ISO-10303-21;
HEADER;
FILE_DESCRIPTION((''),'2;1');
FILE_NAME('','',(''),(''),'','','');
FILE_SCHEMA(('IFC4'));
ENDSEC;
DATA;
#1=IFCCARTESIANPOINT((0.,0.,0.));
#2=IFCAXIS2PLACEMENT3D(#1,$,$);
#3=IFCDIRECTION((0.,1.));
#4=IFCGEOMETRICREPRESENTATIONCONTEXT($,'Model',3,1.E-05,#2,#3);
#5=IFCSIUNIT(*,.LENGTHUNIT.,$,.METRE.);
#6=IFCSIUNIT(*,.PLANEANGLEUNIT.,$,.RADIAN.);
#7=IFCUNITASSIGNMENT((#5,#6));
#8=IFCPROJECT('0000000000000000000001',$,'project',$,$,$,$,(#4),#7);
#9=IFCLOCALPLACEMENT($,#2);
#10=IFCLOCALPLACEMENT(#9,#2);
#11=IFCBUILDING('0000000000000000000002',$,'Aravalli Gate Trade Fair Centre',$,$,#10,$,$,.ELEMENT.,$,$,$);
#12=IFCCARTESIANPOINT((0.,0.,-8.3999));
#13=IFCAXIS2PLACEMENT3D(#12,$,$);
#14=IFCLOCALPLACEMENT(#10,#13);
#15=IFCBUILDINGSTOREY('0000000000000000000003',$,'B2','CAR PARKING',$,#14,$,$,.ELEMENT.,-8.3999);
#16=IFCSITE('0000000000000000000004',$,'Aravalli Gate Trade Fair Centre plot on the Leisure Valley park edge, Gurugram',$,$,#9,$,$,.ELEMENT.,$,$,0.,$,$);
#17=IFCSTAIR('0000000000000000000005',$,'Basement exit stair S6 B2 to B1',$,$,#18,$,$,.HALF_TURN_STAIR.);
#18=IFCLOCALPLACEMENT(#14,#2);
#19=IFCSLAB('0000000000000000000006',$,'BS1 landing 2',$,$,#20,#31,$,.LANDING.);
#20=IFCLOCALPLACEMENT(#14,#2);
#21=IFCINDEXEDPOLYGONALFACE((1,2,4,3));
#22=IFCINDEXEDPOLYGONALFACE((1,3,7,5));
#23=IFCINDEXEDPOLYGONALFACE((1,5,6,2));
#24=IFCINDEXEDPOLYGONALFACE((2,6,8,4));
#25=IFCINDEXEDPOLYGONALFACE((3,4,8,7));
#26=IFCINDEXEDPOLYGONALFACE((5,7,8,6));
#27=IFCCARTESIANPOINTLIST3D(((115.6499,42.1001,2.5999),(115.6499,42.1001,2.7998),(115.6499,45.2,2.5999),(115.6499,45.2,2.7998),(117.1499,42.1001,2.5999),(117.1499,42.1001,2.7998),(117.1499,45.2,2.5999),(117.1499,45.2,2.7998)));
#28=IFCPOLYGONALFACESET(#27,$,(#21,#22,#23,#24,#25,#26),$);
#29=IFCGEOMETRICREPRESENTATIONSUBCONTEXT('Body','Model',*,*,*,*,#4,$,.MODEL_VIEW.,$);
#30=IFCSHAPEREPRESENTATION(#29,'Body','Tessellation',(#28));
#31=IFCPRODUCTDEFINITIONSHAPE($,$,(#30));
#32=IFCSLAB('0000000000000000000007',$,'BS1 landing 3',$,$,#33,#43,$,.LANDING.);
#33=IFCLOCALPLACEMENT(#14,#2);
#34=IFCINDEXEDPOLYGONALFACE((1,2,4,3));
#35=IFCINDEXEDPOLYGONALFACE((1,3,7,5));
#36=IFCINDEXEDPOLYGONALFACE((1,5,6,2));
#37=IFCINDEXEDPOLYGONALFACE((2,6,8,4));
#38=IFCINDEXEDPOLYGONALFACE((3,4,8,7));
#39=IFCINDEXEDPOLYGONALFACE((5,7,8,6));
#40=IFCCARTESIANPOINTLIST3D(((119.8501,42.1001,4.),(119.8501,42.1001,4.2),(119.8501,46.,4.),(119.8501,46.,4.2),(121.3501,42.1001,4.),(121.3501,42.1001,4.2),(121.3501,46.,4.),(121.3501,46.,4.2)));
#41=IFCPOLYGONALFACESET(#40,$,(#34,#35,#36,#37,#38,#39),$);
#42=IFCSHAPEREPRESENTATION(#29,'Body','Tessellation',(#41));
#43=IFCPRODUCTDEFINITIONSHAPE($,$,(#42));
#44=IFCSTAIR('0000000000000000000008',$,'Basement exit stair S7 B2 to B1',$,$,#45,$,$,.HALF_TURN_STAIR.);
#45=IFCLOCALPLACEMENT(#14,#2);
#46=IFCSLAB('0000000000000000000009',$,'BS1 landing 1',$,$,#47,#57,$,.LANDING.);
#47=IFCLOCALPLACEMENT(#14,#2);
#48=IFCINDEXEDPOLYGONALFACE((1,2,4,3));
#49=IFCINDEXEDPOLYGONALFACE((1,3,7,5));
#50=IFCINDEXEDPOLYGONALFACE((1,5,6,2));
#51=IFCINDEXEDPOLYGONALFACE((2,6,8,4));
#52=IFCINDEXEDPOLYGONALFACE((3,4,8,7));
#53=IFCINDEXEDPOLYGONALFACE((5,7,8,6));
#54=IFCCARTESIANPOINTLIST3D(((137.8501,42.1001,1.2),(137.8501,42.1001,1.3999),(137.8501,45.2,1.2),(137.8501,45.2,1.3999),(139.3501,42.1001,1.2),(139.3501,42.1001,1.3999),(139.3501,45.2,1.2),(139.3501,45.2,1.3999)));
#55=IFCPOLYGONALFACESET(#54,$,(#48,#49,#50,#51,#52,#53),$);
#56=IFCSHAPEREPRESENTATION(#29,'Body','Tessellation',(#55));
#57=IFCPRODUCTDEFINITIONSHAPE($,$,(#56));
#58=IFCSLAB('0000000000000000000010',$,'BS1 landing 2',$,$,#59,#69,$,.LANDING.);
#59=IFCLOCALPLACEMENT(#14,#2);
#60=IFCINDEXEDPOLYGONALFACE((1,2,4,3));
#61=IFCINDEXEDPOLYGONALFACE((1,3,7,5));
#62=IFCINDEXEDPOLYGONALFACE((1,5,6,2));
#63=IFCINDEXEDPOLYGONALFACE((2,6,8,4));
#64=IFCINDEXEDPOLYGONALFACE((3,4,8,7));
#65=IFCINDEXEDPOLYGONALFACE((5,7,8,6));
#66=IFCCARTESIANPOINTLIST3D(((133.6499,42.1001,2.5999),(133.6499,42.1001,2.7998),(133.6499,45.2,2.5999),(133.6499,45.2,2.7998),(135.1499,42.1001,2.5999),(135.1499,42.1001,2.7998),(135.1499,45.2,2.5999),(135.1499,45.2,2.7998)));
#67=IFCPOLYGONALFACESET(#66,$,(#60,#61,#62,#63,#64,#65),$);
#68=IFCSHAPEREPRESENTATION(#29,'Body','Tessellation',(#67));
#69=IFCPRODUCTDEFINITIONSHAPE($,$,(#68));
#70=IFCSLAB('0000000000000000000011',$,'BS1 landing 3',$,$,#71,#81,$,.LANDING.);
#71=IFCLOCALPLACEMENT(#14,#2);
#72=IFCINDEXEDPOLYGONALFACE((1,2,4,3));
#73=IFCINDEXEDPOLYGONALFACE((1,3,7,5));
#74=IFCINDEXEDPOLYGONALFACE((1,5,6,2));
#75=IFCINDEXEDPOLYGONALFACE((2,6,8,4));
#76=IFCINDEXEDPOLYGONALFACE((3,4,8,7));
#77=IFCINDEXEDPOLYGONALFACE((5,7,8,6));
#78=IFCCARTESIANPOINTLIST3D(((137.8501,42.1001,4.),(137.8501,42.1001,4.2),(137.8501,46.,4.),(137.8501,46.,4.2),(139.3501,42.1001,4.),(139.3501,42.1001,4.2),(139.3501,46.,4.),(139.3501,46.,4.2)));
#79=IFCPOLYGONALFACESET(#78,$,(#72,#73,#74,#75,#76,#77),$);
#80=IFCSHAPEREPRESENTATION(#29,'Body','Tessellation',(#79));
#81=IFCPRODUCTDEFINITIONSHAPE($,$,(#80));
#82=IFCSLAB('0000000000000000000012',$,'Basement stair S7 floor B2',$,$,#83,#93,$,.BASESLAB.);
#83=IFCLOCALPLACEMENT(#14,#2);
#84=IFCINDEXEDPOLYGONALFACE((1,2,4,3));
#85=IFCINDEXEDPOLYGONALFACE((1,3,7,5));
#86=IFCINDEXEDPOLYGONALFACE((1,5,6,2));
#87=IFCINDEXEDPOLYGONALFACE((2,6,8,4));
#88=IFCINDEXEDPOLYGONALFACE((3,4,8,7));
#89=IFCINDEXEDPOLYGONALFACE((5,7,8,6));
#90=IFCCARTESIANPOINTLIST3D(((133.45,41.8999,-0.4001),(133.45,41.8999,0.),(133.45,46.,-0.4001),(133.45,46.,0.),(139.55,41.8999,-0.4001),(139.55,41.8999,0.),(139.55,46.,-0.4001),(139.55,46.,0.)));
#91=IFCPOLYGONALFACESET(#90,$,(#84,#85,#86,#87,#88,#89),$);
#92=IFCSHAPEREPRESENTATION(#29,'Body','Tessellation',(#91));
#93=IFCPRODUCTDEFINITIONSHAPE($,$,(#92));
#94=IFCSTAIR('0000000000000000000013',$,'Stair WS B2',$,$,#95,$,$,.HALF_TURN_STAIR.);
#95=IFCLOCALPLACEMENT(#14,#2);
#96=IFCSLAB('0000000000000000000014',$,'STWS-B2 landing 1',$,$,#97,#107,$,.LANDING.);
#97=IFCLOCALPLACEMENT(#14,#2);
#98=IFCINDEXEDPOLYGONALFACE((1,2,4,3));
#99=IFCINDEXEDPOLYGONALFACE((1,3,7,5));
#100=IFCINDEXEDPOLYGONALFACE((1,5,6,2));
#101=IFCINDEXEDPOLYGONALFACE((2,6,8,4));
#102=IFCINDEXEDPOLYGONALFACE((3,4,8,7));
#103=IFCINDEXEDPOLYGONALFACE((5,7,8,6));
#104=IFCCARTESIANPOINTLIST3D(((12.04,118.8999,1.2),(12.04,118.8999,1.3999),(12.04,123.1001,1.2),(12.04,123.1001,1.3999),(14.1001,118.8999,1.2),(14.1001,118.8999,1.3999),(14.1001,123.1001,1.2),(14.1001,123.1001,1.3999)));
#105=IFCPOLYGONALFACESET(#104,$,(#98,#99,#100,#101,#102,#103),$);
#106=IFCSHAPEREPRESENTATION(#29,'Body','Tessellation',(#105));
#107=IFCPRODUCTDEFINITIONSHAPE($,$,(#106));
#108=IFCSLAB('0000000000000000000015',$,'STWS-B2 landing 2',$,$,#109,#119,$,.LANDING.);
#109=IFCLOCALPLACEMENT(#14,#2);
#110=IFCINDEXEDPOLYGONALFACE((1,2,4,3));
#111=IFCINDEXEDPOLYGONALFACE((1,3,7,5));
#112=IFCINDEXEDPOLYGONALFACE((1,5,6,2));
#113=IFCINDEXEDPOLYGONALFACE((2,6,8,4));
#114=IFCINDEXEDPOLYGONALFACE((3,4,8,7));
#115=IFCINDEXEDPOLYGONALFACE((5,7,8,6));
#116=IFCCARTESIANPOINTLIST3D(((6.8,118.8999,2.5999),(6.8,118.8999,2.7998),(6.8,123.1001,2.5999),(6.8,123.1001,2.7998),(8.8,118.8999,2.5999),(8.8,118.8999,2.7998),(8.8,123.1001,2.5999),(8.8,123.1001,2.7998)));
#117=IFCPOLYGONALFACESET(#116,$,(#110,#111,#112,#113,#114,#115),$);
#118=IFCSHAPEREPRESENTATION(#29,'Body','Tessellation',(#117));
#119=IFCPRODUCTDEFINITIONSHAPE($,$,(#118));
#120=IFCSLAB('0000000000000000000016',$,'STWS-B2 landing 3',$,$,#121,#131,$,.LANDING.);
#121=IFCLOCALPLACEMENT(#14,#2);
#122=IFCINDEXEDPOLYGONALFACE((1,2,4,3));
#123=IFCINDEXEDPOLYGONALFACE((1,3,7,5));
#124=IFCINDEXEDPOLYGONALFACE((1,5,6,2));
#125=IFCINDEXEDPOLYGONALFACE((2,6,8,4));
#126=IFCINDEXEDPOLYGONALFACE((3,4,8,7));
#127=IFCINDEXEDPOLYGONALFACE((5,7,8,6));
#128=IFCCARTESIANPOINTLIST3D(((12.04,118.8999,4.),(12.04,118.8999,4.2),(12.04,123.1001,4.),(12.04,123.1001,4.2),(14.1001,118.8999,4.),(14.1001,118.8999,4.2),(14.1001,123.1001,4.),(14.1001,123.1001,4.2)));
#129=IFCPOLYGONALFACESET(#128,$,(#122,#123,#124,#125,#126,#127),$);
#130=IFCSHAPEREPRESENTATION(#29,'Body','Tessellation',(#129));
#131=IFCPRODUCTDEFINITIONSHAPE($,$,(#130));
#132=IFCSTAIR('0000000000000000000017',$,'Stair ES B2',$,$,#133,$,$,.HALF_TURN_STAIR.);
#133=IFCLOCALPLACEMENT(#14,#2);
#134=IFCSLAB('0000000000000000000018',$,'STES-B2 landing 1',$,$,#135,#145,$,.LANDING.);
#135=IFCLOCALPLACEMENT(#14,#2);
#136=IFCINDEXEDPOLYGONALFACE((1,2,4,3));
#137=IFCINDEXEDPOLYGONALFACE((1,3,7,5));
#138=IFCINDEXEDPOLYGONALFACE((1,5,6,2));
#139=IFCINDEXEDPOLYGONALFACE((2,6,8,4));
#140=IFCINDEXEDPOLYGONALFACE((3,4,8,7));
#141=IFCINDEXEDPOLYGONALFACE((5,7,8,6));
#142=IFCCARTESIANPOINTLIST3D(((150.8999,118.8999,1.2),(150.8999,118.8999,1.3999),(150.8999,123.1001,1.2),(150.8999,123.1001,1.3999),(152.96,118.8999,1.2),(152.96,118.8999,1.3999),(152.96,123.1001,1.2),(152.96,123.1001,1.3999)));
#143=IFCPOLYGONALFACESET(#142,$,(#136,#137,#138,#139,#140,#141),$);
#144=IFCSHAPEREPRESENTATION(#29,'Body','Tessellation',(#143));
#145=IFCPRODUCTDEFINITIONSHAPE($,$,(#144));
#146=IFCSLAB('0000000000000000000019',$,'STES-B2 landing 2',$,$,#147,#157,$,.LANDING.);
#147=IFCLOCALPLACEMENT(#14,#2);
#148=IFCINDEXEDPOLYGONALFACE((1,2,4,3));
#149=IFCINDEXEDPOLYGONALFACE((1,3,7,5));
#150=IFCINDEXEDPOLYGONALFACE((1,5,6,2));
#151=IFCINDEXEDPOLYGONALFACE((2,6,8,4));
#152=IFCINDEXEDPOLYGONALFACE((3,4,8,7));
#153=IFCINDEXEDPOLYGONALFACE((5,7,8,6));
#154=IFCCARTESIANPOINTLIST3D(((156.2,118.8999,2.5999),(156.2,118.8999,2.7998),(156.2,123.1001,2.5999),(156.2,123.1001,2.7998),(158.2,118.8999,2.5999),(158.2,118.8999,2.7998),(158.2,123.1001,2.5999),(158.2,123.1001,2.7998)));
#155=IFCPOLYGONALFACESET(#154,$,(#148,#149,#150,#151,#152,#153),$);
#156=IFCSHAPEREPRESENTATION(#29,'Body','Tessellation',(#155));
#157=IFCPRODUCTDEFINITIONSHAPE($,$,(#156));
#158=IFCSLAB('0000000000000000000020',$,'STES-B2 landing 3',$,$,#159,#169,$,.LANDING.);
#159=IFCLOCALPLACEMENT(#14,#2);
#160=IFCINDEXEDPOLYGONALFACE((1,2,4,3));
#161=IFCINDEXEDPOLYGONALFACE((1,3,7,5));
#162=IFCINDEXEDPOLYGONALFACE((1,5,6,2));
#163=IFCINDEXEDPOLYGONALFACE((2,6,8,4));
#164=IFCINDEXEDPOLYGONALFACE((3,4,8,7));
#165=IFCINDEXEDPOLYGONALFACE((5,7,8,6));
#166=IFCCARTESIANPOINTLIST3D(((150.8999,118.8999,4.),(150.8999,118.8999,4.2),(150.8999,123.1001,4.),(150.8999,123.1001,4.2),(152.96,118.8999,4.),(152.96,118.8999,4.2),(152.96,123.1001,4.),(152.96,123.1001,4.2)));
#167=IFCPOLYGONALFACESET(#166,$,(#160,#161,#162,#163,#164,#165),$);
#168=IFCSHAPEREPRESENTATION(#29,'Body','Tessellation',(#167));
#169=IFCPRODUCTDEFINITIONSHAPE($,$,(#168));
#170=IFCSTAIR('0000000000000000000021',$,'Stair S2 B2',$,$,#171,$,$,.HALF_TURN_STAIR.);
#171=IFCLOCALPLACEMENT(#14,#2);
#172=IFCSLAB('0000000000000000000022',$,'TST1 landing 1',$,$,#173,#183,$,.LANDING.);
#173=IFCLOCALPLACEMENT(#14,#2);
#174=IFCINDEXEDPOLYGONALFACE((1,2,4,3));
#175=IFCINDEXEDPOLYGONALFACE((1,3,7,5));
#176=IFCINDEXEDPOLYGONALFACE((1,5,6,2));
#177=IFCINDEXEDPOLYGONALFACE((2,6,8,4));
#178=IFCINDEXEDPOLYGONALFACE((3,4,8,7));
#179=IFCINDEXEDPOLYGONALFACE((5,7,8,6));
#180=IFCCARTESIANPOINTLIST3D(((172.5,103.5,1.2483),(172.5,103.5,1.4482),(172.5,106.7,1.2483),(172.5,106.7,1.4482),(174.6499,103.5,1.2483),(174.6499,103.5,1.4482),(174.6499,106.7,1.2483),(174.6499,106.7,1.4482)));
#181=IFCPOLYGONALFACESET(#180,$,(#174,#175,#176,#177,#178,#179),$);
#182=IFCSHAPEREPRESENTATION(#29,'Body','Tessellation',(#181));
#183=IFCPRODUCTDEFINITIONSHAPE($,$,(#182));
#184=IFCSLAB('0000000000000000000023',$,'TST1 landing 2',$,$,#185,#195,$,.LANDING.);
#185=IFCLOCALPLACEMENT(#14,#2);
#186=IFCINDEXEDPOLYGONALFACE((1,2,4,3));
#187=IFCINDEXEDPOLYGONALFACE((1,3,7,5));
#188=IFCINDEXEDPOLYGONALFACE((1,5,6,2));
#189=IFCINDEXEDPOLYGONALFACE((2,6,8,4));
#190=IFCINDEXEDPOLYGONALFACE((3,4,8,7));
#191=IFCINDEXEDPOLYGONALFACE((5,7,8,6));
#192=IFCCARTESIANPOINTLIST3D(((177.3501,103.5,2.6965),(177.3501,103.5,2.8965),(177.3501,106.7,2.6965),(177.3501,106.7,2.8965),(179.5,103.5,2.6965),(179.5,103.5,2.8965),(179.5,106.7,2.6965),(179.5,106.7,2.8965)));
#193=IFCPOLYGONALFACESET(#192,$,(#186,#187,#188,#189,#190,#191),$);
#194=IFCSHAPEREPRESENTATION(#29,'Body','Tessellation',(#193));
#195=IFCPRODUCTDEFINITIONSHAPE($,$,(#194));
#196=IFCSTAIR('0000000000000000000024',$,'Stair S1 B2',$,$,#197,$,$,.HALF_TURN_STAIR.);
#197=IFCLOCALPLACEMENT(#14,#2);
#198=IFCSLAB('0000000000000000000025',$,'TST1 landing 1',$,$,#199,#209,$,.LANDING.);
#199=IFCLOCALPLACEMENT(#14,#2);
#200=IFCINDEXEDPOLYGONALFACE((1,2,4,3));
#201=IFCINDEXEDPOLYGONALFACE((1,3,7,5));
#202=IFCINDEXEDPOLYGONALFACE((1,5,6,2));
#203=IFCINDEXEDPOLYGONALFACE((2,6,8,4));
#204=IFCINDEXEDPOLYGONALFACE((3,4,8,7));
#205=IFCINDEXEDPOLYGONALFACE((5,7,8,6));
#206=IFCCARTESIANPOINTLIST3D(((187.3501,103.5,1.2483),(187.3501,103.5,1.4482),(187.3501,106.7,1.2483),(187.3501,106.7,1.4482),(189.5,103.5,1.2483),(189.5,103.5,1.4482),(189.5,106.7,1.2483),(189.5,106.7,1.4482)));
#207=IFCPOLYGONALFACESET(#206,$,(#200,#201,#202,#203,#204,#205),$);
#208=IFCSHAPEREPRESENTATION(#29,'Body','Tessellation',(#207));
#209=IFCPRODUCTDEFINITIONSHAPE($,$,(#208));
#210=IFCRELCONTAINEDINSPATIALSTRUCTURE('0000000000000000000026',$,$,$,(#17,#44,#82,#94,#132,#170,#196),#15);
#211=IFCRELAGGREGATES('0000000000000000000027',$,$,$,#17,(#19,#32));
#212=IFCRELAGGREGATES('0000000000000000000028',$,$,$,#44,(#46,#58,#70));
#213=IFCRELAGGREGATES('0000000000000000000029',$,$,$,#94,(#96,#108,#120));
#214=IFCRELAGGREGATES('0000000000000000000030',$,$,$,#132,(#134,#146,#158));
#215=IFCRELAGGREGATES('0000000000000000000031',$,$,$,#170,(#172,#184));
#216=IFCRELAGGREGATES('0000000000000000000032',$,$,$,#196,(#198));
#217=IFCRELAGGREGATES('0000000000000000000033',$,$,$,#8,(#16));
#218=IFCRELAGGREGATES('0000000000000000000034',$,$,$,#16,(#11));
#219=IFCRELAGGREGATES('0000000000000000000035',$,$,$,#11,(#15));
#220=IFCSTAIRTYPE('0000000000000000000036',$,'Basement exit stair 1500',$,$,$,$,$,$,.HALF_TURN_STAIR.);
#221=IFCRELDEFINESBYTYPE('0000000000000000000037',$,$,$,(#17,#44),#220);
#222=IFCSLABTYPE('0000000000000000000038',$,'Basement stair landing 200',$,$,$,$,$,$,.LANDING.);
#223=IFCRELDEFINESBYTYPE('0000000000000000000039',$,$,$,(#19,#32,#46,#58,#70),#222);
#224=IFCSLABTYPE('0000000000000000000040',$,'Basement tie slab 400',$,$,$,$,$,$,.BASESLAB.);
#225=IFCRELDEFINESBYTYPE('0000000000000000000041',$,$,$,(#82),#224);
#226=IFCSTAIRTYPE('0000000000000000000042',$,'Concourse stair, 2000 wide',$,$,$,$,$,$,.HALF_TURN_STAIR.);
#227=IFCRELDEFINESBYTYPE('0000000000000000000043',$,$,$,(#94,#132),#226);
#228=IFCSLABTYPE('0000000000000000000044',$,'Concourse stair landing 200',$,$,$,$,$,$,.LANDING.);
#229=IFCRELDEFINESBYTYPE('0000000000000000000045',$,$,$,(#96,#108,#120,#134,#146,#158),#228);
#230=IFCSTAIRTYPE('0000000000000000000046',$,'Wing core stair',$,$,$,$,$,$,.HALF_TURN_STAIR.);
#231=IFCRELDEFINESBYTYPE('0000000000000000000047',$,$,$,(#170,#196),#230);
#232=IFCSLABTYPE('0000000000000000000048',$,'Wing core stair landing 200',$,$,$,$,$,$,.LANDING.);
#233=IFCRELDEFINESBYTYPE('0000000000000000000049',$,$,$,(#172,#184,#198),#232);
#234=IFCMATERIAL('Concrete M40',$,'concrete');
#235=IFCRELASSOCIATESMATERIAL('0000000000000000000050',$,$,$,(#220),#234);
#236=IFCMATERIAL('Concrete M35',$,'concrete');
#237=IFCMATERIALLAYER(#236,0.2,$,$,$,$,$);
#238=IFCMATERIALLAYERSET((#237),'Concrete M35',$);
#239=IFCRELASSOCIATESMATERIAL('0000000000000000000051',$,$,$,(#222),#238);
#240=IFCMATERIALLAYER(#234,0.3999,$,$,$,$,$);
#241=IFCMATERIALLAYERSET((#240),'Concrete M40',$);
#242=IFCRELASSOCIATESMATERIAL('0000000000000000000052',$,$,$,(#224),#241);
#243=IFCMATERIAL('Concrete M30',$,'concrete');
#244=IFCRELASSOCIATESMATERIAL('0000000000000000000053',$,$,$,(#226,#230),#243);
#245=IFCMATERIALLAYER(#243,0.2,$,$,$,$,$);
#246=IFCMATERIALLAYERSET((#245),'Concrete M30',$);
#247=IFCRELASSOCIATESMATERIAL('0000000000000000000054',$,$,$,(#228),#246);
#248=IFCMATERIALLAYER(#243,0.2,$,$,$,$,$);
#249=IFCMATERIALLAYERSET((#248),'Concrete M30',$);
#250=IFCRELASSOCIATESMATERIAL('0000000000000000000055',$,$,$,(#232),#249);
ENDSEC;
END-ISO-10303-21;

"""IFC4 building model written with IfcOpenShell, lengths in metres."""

from ifc_helpers import new_model, si_unit, direction, frame, origin, place, context, subcontext, project, spatial, polyline, outline, extrude, material, layer, layer_set, type_object, element, aggregate, save


model = new_model("IFC4")

# Units and contexts
model_context = context("Model", 3, precision=1e-05, world=origin(), true_north=direction((0.0, 1.0)))
body_context = subcontext(model_context, "Body", "Model", "MODEL_VIEW")
ifc_project = project(units=[si_unit("LENGTHUNIT", "METRE"), si_unit("PLANEANGLEUNIT", "RADIAN")], contexts=[model_context])

# Site, building, storey
site_placement = place(None, origin())
site = spatial("IfcSite", under=ifc_project, at=site_placement, Name="Aravalli Gate Trade Fair Centre plot on the Leisure Valley park edge, Gurugram", CompositionType="ELEMENT", RefElevation=0.0)
building_placement = place(site_placement, origin())
building = spatial("IfcBuilding", under=site, at=building_placement, Name="Aravalli Gate Trade Fair Centre", CompositionType="ELEMENT")
storey_placement = place(building_placement, frame((0.0, 0.0, -8.3999)))
storey = spatial("IfcBuildingStorey", under=building, at=storey_placement, Name="B2", Description="CAR PARKING", CompositionType="ELEMENT", Elevation=-8.3999)

# Stairs, slabs
ifc_material_1 = material(Name="Concrete M40", Category="concrete")
stair_type_1 = type_object("IfcStairType", Name="Basement exit stair 1500", PredefinedType="HALF_TURN_STAIR", material=ifc_material_1)
stair_1_placement = place(storey_placement, origin())
stair_1 = element("IfcStair", 1, at=stair_1_placement, inside=storey, type_object=stair_type_1, Name="Basement exit stair S6 B2 to B1", PredefinedType="HALF_TURN_STAIR")
ifc_material_2 = material(Name="Concrete M35", Category="concrete")
ifc_layer_1 = layer(ifc_material_2, 0.2)
ifc_layer_set_1 = layer_set([ifc_layer_1], Name="Concrete M35")
slab_type_1 = type_object("IfcSlabType", Name="Basement stair landing 200", PredefinedType="LANDING", material=ifc_layer_set_1)
slab_1_placement = place(storey_placement, frame((0.0, 0.0, 2.5999)))
slab_1 = element("IfcSlab", 2, at=slab_1_placement, type_object=slab_type_1, Name="BS1 landing 2", PredefinedType="LANDING", context=body_context, shape_type="SweptSolid", body=[
    extrude(outline(polyline([(115.6499, 45.2), (117.1499, 45.2), (117.1499, 42.1001), (115.6499, 42.1001), (115.6499, 45.2)])), origin(), (0.0, 0.0, 1.0), 0.2),
])
slab_2_placement = place(storey_placement, frame((0.0, 0.0, 4.0)))
slab_2 = element("IfcSlab", 3, at=slab_2_placement, type_object=slab_type_1, Name="BS1 landing 3", PredefinedType="LANDING", context=body_context, shape_type="SweptSolid", body=[
    extrude(outline(polyline([(119.8501, 46.0), (121.3501, 46.0), (121.3501, 42.1001), (119.8501, 42.1001), (119.8501, 46.0)])), origin(), (0.0, 0.0, 1.0), 0.2),
])
aggregate(stair_1, [slab_1, slab_2])
stair_2_placement = place(storey_placement, origin())
stair_2 = element("IfcStair", 4, at=stair_2_placement, inside=storey, type_object=stair_type_1, Name="Basement exit stair S7 B2 to B1", PredefinedType="HALF_TURN_STAIR")
slab_3_placement = place(storey_placement, frame((0.0, 0.0, 1.2)))
slab_3 = element("IfcSlab", 5, at=slab_3_placement, type_object=slab_type_1, Name="BS1 landing 1", PredefinedType="LANDING", context=body_context, shape_type="SweptSolid", body=[
    extrude(outline(polyline([(137.8501, 45.2), (139.3501, 45.2), (139.3501, 42.1001), (137.8501, 42.1001), (137.8501, 45.2)])), origin(), (0.0, 0.0, 1.0), 0.2),
])
slab_4_placement = place(storey_placement, frame((0.0, 0.0, 2.5999)))
slab_4 = element("IfcSlab", 6, at=slab_4_placement, type_object=slab_type_1, Name="BS1 landing 2", PredefinedType="LANDING", context=body_context, shape_type="SweptSolid", body=[
    extrude(outline(polyline([(133.6499, 45.2), (135.1499, 45.2), (135.1499, 42.1001), (133.6499, 42.1001), (133.6499, 45.2)])), origin(), (0.0, 0.0, 1.0), 0.2),
])
slab_5_placement = place(storey_placement, frame((0.0, 0.0, 4.0)))
slab_5 = element("IfcSlab", 7, at=slab_5_placement, type_object=slab_type_1, Name="BS1 landing 3", PredefinedType="LANDING", context=body_context, shape_type="SweptSolid", body=[
    extrude(outline(polyline([(137.8501, 46.0), (139.3501, 46.0), (139.3501, 42.1001), (137.8501, 42.1001), (137.8501, 46.0)])), origin(), (0.0, 0.0, 1.0), 0.2),
])
aggregate(stair_2, [slab_3, slab_4, slab_5])

# Slab
ifc_layer_2 = layer(ifc_material_1, 0.3999)
ifc_layer_set_2 = layer_set([ifc_layer_2], Name="Concrete M40")
slab_type_2 = type_object("IfcSlabType", Name="Basement tie slab 400", PredefinedType="BASESLAB", material=ifc_layer_set_2)
slab_6_placement = place(storey_placement, frame((0.0, 0.0, -0.4001)))
element("IfcSlab", 8, at=slab_6_placement, inside=storey, type_object=slab_type_2, Name="Basement stair S7 floor B2", PredefinedType="BASESLAB", context=body_context, shape_type="SweptSolid", body=[
    extrude(outline(polyline([(133.45, 46.0), (139.55, 46.0), (139.55, 41.8999), (133.45, 41.8999), (133.45, 46.0)])), origin(), (0.0, 0.0, 1.0), 0.4001),
])

# Stairs, slabs
ifc_material_3 = material(Name="Concrete M30", Category="concrete")
stair_type_2 = type_object("IfcStairType", Name="Concourse stair, 2000 wide", PredefinedType="HALF_TURN_STAIR", material=ifc_material_3)
stair_3_placement = place(storey_placement, origin())
stair_3 = element("IfcStair", 9, at=stair_3_placement, inside=storey, type_object=stair_type_2, Name="Stair WS B2", PredefinedType="HALF_TURN_STAIR")
ifc_layer_3 = layer(ifc_material_3, 0.2)
ifc_layer_set_3 = layer_set([ifc_layer_3], Name="Concrete M30")
slab_type_3 = type_object("IfcSlabType", Name="Concourse stair landing 200", PredefinedType="LANDING", material=ifc_layer_set_3)
slab_7_placement = place(storey_placement, frame((0.0, 0.0, 1.2)))
slab_7 = element("IfcSlab", 10, at=slab_7_placement, type_object=slab_type_3, Name="STWS-B2 landing 1", PredefinedType="LANDING", context=body_context, shape_type="SweptSolid", body=[
    extrude(outline(polyline([(12.04, 118.8999), (14.1001, 118.8999), (14.1001, 123.1001), (12.04, 123.1001), (12.04, 118.8999)])), origin(), (0.0, 0.0, 1.0), 0.2),
])
slab_8_placement = place(storey_placement, frame((0.0, 0.0, 2.5999)))
slab_8 = element("IfcSlab", 11, at=slab_8_placement, type_object=slab_type_3, Name="STWS-B2 landing 2", PredefinedType="LANDING", context=body_context, shape_type="SweptSolid", body=[
    extrude(outline(polyline([(6.8, 118.8999), (8.8, 118.8999), (8.8, 123.1001), (6.8, 123.1001), (6.8, 118.8999)])), origin(), (0.0, 0.0, 1.0), 0.2),
])
slab_9_placement = place(storey_placement, frame((0.0, 0.0, 4.0)))
slab_9 = element("IfcSlab", 12, at=slab_9_placement, type_object=slab_type_3, Name="STWS-B2 landing 3", PredefinedType="LANDING", context=body_context, shape_type="SweptSolid", body=[
    extrude(outline(polyline([(12.04, 118.8999), (14.1001, 118.8999), (14.1001, 123.1001), (12.04, 123.1001), (12.04, 118.8999)])), origin(), (0.0, 0.0, 1.0), 0.2),
])
aggregate(stair_3, [slab_7, slab_8, slab_9])
stair_4_placement = place(storey_placement, origin())
stair_4 = element("IfcStair", 13, at=stair_4_placement, inside=storey, type_object=stair_type_2, Name="Stair ES B2", PredefinedType="HALF_TURN_STAIR")
slab_10_placement = place(storey_placement, frame((0.0, 0.0, 1.2)))
slab_10 = element("IfcSlab", 14, at=slab_10_placement, type_object=slab_type_3, Name="STES-B2 landing 1", PredefinedType="LANDING", context=body_context, shape_type="SweptSolid", body=[
    extrude(outline(polyline([(150.8999, 118.8999), (152.96, 118.8999), (152.96, 123.1001), (150.8999, 123.1001), (150.8999, 118.8999)])), origin(), (0.0, 0.0, 1.0), 0.2),
])
slab_11_placement = place(storey_placement, frame((0.0, 0.0, 2.5999)))
slab_11 = element("IfcSlab", 15, at=slab_11_placement, type_object=slab_type_3, Name="STES-B2 landing 2", PredefinedType="LANDING", context=body_context, shape_type="SweptSolid", body=[
    extrude(outline(polyline([(156.2, 118.8999), (158.2, 118.8999), (158.2, 123.1001), (156.2, 123.1001), (156.2, 118.8999)])), origin(), (0.0, 0.0, 1.0), 0.2),
])
slab_12_placement = place(storey_placement, frame((0.0, 0.0, 4.0)))
slab_12 = element("IfcSlab", 16, at=slab_12_placement, type_object=slab_type_3, Name="STES-B2 landing 3", PredefinedType="LANDING", context=body_context, shape_type="SweptSolid", body=[
    extrude(outline(polyline([(150.8999, 118.8999), (152.96, 118.8999), (152.96, 123.1001), (150.8999, 123.1001), (150.8999, 118.8999)])), origin(), (0.0, 0.0, 1.0), 0.2),
])
aggregate(stair_4, [slab_10, slab_11, slab_12])
stair_type_3 = type_object("IfcStairType", Name="Wing core stair", PredefinedType="HALF_TURN_STAIR", material=ifc_material_3)
stair_5_placement = place(storey_placement, origin())
stair_5 = element("IfcStair", 17, at=stair_5_placement, inside=storey, type_object=stair_type_3, Name="Stair S2 B2", PredefinedType="HALF_TURN_STAIR")
ifc_layer_4 = layer(ifc_material_3, 0.2)
ifc_layer_set_4 = layer_set([ifc_layer_4], Name="Concrete M30")
slab_type_4 = type_object("IfcSlabType", Name="Wing core stair landing 200", PredefinedType="LANDING", material=ifc_layer_set_4)
slab_13_placement = place(storey_placement, frame((0.0, 0.0, 1.2483)))
slab_13 = element("IfcSlab", 18, at=slab_13_placement, type_object=slab_type_4, Name="TST1 landing 1", PredefinedType="LANDING", context=body_context, shape_type="SweptSolid", body=[
    extrude(outline(polyline([(172.5, 103.5), (174.6499, 103.5), (174.6499, 106.7), (172.5, 106.7), (172.5, 103.5)])), origin(), (0.0, 0.0, 1.0), 0.2),
])
slab_14_placement = place(storey_placement, frame((0.0, 0.0, 2.6965)))
slab_14 = element("IfcSlab", 19, at=slab_14_placement, type_object=slab_type_4, Name="TST1 landing 2", PredefinedType="LANDING", context=body_context, shape_type="SweptSolid", body=[
    extrude(outline(polyline([(177.3501, 103.5), (179.5, 103.5), (179.5, 106.7), (177.3501, 106.7), (177.3501, 103.5)])), origin(), (0.0, 0.0, 1.0), 0.2),
])
aggregate(stair_5, [slab_13, slab_14])
stair_6_placement = place(storey_placement, origin())
stair_6 = element("IfcStair", 20, at=stair_6_placement, inside=storey, type_object=stair_type_3, Name="Stair S1 B2", PredefinedType="HALF_TURN_STAIR")
slab_15_placement = place(storey_placement, frame((0.0, 0.0, 1.2483)))
slab_15 = element("IfcSlab", 21, at=slab_15_placement, type_object=slab_type_4, Name="TST1 landing 1", PredefinedType="LANDING", context=body_context, shape_type="SweptSolid", body=[
    extrude(outline(polyline([(187.3501, 103.5), (189.5, 103.5), (189.5, 106.7), (187.3501, 106.7), (187.3501, 103.5)])), origin(), (0.0, 0.0, 1.0), 0.2),
])
aggregate(stair_6, [slab_15])

save(model, "model.ifc")
